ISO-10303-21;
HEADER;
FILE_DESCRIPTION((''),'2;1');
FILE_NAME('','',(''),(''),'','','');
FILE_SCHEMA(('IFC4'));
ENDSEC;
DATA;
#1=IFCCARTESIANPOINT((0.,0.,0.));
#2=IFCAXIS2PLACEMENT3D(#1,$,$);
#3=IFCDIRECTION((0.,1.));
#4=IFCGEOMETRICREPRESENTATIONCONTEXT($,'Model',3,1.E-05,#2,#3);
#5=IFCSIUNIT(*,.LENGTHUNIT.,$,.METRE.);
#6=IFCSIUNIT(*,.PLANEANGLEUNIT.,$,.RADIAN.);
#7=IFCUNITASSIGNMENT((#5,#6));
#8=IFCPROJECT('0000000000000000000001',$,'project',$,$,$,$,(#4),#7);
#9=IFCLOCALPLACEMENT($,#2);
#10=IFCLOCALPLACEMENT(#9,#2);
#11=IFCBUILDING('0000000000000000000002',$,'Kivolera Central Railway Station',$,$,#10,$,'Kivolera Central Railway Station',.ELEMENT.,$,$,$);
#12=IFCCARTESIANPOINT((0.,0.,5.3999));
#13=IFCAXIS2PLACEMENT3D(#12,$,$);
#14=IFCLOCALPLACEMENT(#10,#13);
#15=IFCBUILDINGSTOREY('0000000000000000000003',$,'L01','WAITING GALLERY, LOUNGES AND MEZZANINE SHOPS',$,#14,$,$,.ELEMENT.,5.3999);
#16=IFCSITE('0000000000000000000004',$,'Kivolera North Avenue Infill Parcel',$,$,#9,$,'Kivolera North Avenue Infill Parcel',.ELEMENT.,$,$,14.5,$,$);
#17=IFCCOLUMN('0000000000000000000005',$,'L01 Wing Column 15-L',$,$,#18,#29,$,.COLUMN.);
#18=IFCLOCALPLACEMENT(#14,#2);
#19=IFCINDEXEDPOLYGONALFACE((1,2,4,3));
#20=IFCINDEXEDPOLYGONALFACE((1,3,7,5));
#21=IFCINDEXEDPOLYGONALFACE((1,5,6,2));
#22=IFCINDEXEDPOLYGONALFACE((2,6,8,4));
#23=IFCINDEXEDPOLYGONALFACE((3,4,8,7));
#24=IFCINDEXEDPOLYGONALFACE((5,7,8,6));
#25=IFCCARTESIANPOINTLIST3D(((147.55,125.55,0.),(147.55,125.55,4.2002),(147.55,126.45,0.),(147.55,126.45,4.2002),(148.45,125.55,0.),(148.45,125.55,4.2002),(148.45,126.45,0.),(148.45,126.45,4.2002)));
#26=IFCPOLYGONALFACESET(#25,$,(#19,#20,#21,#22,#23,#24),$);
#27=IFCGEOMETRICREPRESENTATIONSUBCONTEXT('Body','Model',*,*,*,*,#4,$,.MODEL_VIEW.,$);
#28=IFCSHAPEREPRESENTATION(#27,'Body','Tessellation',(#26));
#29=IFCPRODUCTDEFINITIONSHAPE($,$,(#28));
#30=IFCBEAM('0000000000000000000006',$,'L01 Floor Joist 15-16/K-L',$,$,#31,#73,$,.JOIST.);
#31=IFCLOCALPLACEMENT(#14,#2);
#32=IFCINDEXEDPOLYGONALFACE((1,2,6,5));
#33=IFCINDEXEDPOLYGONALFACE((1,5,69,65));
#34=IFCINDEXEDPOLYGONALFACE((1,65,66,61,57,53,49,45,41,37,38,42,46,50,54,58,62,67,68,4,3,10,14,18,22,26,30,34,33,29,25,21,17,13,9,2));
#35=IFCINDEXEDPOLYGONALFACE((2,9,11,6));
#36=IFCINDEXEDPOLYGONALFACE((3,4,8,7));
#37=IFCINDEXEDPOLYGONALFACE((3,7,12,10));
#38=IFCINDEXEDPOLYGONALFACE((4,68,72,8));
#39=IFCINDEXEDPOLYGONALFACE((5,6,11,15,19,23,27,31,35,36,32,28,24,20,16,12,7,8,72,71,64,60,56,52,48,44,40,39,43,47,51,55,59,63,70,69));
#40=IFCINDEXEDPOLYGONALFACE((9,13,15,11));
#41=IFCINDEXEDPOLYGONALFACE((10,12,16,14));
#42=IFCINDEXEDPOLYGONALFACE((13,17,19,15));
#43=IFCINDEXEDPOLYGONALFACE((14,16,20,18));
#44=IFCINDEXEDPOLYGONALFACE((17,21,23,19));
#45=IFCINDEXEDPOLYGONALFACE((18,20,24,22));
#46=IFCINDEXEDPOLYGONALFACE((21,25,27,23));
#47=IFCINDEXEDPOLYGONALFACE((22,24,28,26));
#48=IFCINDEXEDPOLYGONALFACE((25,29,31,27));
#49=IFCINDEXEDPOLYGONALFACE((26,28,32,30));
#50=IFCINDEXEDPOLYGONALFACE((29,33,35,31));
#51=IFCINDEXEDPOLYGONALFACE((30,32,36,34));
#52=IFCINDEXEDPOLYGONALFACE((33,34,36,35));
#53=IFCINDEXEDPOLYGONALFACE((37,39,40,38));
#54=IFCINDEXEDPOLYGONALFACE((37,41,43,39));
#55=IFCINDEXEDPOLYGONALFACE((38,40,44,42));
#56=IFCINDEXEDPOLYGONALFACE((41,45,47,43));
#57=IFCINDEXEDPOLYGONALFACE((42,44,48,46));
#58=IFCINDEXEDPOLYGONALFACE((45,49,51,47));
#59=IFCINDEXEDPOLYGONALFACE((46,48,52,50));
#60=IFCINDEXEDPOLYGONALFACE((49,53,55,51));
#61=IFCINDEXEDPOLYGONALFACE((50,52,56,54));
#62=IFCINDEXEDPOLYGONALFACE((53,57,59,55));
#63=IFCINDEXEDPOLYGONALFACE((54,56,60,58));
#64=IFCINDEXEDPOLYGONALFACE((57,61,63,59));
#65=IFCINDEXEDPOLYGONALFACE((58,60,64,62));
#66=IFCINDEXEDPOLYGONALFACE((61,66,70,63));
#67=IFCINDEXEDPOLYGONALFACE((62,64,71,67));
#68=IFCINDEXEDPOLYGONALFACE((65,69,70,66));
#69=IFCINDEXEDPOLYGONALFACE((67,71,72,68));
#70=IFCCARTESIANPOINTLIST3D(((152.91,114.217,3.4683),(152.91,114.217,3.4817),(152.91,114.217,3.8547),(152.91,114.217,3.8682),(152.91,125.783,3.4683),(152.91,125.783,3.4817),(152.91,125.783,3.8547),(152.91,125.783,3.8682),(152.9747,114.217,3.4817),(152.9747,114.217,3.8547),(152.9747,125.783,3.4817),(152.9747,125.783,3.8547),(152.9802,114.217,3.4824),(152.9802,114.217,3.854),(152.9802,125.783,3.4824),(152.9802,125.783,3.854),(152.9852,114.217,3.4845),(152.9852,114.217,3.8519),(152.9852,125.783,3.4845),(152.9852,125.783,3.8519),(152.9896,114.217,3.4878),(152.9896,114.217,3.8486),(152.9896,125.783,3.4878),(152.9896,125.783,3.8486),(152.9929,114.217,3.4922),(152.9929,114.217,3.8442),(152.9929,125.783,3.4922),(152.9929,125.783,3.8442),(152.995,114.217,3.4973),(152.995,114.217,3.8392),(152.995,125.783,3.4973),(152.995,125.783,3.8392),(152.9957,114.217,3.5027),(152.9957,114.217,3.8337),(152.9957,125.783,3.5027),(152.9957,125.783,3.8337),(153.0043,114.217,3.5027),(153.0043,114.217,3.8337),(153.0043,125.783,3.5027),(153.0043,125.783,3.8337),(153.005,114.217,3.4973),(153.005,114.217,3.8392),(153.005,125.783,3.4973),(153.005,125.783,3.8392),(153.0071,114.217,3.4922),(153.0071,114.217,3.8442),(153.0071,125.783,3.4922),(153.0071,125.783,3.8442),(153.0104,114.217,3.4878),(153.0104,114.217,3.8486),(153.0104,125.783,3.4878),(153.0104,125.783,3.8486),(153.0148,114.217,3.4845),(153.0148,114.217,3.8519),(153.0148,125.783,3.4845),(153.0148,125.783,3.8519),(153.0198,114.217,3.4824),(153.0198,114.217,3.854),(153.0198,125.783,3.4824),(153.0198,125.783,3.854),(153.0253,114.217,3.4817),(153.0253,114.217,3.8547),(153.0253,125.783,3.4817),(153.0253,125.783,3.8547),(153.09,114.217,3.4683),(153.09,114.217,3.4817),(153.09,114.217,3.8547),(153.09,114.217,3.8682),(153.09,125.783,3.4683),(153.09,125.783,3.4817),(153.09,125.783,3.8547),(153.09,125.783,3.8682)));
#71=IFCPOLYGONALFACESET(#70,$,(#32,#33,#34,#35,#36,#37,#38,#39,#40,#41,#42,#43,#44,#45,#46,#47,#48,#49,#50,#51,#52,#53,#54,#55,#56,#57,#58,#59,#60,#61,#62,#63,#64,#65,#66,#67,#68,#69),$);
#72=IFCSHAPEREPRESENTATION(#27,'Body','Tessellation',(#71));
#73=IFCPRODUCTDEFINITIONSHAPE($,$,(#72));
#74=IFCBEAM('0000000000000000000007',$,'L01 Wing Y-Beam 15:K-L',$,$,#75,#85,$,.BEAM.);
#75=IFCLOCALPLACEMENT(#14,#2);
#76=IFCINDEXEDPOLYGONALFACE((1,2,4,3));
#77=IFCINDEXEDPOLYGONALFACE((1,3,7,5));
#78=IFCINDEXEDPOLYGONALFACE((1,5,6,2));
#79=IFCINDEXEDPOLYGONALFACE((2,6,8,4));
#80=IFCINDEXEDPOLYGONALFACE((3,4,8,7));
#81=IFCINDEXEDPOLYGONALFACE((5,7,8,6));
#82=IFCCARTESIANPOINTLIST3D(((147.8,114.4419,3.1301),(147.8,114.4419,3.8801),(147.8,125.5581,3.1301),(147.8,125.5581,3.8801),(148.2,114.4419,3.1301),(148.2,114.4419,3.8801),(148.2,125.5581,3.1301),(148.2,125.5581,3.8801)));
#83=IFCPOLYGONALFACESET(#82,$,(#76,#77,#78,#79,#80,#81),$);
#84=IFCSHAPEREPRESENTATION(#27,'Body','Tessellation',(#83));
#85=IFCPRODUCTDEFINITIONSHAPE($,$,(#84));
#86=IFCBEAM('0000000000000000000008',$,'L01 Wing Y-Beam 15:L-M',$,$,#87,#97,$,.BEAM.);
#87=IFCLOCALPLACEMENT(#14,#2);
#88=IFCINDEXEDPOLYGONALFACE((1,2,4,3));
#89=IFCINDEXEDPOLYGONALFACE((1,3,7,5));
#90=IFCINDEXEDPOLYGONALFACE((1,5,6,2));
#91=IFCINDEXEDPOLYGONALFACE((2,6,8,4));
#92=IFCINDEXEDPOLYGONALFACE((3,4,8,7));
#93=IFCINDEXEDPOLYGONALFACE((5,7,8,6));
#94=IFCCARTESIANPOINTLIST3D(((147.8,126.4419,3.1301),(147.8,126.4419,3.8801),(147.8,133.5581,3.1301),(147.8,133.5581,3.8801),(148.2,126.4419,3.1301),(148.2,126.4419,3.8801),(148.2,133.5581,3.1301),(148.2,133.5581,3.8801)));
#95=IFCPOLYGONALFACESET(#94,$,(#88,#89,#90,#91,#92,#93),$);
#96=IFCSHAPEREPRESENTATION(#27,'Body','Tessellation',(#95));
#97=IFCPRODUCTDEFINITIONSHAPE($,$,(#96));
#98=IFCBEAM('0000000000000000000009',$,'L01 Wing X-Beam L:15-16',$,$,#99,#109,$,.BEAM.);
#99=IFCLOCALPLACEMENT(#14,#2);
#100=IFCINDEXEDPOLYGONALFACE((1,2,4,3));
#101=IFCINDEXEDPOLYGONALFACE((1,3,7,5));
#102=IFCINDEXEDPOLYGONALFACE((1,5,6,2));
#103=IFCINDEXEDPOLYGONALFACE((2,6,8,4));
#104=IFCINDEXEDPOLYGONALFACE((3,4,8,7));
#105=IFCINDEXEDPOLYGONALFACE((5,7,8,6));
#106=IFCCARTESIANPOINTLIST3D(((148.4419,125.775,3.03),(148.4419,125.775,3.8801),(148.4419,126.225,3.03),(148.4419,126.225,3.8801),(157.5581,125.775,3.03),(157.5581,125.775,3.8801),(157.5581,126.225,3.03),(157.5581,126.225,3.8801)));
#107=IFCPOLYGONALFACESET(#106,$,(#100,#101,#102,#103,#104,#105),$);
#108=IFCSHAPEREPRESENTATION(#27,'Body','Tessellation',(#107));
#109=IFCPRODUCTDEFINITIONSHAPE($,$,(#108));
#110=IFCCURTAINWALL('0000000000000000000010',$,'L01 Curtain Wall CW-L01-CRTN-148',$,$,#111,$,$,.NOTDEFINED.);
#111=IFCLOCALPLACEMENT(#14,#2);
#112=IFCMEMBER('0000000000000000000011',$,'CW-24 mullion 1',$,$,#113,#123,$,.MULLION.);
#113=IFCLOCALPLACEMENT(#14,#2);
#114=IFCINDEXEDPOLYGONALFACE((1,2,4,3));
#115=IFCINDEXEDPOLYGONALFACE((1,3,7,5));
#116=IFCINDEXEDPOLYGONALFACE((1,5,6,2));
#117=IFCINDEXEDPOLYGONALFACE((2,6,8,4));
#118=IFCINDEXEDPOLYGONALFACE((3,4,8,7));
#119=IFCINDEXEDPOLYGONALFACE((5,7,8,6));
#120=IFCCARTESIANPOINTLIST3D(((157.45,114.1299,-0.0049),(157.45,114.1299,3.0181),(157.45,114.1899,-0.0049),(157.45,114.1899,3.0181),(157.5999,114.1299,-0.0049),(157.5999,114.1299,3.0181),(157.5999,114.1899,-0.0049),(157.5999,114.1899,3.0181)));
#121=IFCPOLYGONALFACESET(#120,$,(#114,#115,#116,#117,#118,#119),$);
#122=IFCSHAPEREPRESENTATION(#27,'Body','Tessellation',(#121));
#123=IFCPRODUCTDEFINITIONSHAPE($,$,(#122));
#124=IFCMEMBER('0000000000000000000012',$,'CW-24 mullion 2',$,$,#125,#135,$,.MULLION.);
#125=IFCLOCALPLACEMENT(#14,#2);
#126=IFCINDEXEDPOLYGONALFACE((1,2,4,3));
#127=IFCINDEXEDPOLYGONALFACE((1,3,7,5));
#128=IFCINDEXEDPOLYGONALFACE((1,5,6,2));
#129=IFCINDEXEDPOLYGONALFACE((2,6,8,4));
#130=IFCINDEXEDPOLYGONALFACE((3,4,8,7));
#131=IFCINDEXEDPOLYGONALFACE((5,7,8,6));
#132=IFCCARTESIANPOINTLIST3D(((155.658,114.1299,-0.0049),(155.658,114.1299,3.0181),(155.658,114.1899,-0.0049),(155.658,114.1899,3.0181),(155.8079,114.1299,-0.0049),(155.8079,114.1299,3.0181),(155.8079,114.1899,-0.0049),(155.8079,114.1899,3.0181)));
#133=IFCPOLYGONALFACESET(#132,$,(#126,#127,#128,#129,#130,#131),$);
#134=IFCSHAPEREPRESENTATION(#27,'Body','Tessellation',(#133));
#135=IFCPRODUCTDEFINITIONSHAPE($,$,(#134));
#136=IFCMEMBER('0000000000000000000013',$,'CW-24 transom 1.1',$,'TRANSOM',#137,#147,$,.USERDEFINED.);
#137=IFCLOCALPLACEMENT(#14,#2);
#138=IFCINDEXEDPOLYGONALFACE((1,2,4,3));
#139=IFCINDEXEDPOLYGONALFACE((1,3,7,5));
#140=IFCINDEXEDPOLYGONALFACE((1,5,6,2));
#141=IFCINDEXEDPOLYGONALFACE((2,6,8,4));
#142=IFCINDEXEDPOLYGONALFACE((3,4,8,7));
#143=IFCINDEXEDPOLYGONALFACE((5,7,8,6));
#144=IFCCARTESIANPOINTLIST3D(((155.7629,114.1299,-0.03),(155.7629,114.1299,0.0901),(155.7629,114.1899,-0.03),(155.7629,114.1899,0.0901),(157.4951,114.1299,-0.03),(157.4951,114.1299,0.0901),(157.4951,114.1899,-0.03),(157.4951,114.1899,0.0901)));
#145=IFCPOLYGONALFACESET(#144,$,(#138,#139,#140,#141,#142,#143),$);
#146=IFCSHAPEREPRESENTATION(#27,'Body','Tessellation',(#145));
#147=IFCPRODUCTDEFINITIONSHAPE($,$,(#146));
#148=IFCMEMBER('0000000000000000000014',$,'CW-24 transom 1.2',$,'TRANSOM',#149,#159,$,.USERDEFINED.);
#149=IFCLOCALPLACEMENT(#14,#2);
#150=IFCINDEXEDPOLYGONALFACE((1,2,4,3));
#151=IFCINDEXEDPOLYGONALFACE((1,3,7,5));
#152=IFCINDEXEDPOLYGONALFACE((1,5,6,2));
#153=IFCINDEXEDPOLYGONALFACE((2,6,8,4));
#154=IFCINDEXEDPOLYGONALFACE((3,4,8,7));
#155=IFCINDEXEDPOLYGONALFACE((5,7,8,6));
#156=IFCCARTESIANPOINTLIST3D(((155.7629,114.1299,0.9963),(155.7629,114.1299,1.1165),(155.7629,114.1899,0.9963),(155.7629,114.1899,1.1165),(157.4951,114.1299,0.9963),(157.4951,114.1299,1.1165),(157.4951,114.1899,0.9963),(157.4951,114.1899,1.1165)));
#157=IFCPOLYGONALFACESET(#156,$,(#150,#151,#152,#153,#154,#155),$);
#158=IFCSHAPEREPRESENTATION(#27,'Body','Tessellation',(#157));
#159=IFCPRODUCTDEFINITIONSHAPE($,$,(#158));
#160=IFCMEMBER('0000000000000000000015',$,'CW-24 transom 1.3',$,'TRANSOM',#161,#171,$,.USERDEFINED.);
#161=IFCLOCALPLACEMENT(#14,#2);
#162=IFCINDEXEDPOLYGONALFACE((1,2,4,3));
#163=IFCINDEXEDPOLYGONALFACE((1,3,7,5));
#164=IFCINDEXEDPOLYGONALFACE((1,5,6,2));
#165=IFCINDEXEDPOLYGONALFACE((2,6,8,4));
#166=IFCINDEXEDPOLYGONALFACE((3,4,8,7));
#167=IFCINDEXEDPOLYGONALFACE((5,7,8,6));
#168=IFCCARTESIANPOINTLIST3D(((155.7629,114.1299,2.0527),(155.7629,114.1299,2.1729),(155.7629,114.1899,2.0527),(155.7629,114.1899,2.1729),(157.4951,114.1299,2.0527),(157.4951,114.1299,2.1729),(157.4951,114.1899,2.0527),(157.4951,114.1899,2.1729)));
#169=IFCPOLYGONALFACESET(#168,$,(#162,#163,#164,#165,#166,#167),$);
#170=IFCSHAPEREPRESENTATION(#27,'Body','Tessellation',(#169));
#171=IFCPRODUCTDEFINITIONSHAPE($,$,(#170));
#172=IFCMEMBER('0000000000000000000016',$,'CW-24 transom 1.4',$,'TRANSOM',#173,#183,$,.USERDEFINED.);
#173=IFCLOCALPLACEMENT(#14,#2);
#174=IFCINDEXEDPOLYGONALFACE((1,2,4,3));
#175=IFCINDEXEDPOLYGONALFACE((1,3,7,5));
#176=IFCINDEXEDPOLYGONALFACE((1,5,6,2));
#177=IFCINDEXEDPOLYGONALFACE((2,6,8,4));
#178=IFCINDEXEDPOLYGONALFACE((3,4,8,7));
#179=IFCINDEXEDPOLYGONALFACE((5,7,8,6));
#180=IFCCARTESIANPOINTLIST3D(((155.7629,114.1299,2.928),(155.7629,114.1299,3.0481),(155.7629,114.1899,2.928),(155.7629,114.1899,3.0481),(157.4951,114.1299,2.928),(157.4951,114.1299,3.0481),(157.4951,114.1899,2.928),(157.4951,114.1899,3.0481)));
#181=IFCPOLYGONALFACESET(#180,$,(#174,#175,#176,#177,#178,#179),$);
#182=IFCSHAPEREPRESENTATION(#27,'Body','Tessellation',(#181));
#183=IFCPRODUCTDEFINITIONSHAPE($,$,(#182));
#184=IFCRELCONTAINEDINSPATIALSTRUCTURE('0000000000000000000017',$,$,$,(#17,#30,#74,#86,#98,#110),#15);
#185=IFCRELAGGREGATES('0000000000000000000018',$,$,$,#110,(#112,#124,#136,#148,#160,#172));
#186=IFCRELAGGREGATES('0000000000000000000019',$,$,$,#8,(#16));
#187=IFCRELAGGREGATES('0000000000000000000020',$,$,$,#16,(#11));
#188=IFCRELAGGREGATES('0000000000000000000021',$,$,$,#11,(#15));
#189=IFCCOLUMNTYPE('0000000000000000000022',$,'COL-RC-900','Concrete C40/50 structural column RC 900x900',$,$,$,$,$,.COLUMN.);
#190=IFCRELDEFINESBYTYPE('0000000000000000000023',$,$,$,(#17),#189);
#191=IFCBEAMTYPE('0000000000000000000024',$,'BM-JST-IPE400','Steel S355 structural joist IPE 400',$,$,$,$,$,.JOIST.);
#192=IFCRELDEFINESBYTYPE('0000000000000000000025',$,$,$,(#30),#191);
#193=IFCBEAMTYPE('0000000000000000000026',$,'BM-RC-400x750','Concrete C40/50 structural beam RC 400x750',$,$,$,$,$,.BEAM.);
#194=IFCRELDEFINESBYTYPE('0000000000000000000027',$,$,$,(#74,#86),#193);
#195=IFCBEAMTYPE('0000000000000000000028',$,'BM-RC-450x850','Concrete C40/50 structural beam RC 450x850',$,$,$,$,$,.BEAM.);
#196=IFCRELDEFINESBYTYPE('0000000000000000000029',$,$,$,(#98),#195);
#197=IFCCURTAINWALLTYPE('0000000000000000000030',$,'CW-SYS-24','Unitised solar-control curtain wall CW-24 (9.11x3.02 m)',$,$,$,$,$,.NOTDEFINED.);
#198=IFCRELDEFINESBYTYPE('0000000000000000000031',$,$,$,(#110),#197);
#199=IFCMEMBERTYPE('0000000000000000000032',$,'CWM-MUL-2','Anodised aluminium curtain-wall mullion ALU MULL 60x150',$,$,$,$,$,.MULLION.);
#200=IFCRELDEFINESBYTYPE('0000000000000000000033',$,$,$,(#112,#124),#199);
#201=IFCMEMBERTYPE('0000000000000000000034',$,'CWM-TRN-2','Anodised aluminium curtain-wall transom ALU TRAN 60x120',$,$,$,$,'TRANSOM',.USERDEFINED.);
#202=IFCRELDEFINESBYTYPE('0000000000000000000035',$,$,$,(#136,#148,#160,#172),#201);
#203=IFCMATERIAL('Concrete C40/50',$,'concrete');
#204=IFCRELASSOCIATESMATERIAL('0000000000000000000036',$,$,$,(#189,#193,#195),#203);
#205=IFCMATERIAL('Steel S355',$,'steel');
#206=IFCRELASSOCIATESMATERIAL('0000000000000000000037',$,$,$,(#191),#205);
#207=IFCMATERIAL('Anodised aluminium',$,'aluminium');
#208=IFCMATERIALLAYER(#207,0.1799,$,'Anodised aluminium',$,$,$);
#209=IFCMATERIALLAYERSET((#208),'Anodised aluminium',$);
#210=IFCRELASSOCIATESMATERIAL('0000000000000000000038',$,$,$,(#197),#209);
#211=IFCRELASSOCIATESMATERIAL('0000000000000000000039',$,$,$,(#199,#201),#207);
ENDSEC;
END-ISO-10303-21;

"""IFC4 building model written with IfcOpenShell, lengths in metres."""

from ifc_helpers import new_model, si_unit, direction, frame, origin, origin_2d, place, context, subcontext, project, spatial, rectangle, i_section, extrude, material, layer, layer_set, material_profile, profile_set, type_object, element, aggregate, save


model = new_model("IFC4")

# Units and contexts
model_context = context("Model", 3, precision=1e-05, world=origin(), true_north=direction((0.0, 1.0)))
body_context = subcontext(model_context, "Body", "Model", "MODEL_VIEW")
ifc_project = project(units=[si_unit("LENGTHUNIT", "METRE"), si_unit("PLANEANGLEUNIT", "RADIAN")], contexts=[model_context])

# Site, building, storey
site_placement = place(None, origin())
site = spatial("IfcSite", under=ifc_project, at=site_placement, Name="Kivolera North Avenue Infill Parcel", LongName="Kivolera North Avenue Infill Parcel", CompositionType="ELEMENT", RefElevation=14.5)
building_placement = place(site_placement, origin())
building = spatial("IfcBuilding", under=site, at=building_placement, Name="Kivolera Central Railway Station", LongName="Kivolera Central Railway Station", CompositionType="ELEMENT")
storey_placement = place(building_placement, frame((0.0, 0.0, 5.3999)))
storey = spatial("IfcBuildingStorey", under=building, at=storey_placement, Name="L01", Description="WAITING GALLERY, LOUNGES AND MEZZANINE SHOPS", CompositionType="ELEMENT", Elevation=5.3999)

# Column
ifc_material_1 = material(Name="Concrete C40/50", Category="concrete")
ifc_material_profile_1 = material_profile(ifc_material_1, rectangle(XDim=0.8999, YDim=0.8999, at=origin_2d()), Name="RC 900x900")
ifc_profile_set_1 = profile_set([ifc_material_profile_1], Name="Concrete C40/50")
column_type = type_object("IfcColumnType", Name="COL-RC-900", Description="Concrete C40/50 structural column RC 900x900", PredefinedType="COLUMN", material=ifc_profile_set_1)
column_placement = place(storey_placement, frame((148.0, 126.0, 0.0), z_axis=(0.0, 0.0, 1.0), x_axis=(1.0, 0.0, 0.0)))
element("IfcColumn", 1, at=column_placement, inside=storey, type_object=column_type, Name="L01 Wing Column 15-L", PredefinedType="COLUMN", context=body_context, shape_type="SweptSolid", body=[
    extrude(rectangle(XDim=0.8999, YDim=0.8999, at=origin_2d()), origin(), (0.0, 0.0, 1.0), 4.2002),
])

# Beams
ifc_material_2 = material(Name="Steel S355", Category="steel")
ifc_material_profile_2 = material_profile(ifc_material_2, i_section(OverallWidth=0.1799, OverallDepth=0.3999, WebThickness=0.0085, FlangeThickness=0.0134, FilletRadius=0.021, at=origin_2d()), Name="IPE 400")
ifc_profile_set_2 = profile_set([ifc_material_profile_2], Name="Steel S355")
beam_type_1 = type_object("IfcBeamType", Name="BM-JST-IPE400", Description="Steel S355 structural joist IPE 400", PredefinedType="JOIST", material=ifc_profile_set_2)
beam_1_placement = place(storey_placement, frame((153.0, 114.217, 3.6682), z_axis=(0.0, 1.0, 0.0), x_axis=(-1.0, 0.0, 0.0)))
element("IfcBeam", 2, at=beam_1_placement, inside=storey, type_object=beam_type_1, Name="L01 Floor Joist 15-16/K-L", PredefinedType="JOIST", context=body_context, shape_type="SweptSolid", body=[
    extrude(i_section(OverallWidth=0.1799, OverallDepth=0.3999, WebThickness=0.0085, FlangeThickness=0.0134, FilletRadius=0.021, at=origin_2d()), origin(), (0.0, 0.0, 1.0), 11.5659),
])
ifc_material_profile_3 = material_profile(ifc_material_1, rectangle(XDim=0.3999, YDim=0.75, at=origin_2d()), Name="RC 400x750")
ifc_profile_set_3 = profile_set([ifc_material_profile_3], Name="Concrete C40/50")
beam_type_2 = type_object("IfcBeamType", Name="BM-RC-400x750", Description="Concrete C40/50 structural beam RC 400x750", PredefinedType="BEAM", material=ifc_profile_set_3)
beam_2_placement = place(storey_placement, frame((148.0, 114.4419, 3.5051), z_axis=(0.0, 1.0, 0.0), x_axis=(-1.0, 0.0, 0.0)))
element("IfcBeam", 3, at=beam_2_placement, inside=storey, type_object=beam_type_2, Name="L01 Wing Y-Beam 15:K-L", PredefinedType="BEAM", context=body_context, shape_type="SweptSolid", body=[
    extrude(rectangle(XDim=0.3999, YDim=0.75, at=origin_2d()), origin(), (0.0, 0.0, 1.0), 11.1162),
])
beam_3_placement = place(storey_placement, frame((148.0, 126.4419, 3.5051), z_axis=(0.0, 1.0, 0.0), x_axis=(-1.0, 0.0, 0.0)))
element("IfcBeam", 4, at=beam_3_placement, inside=storey, type_object=beam_type_2, Name="L01 Wing Y-Beam 15:L-M", PredefinedType="BEAM", context=body_context, shape_type="SweptSolid", body=[
    extrude(rectangle(XDim=0.3999, YDim=0.75, at=origin_2d()), origin(), (0.0, 0.0, 1.0), 7.1162),
])
ifc_material_profile_4 = material_profile(ifc_material_1, rectangle(XDim=0.45, YDim=0.8501, at=origin_2d()), Name="RC 450x850")
ifc_profile_set_4 = profile_set([ifc_material_profile_4], Name="Concrete C40/50")
beam_type_3 = type_object("IfcBeamType", Name="BM-RC-450x850", Description="Concrete C40/50 structural beam RC 450x850", PredefinedType="BEAM", material=ifc_profile_set_4)
beam_4_placement = place(storey_placement, frame((148.4419, 126.0, 3.4551), z_axis=(1.0, 0.0, 0.0), x_axis=(0.0, 1.0, 0.0)))
element("IfcBeam", 5, at=beam_4_placement, inside=storey, type_object=beam_type_3, Name="L01 Wing X-Beam L:15-16", PredefinedType="BEAM", context=body_context, shape_type="SweptSolid", body=[
    extrude(rectangle(XDim=0.45, YDim=0.8501, at=origin_2d()), origin(), (0.0, 0.0, 1.0), 9.1162),
])

# Curtain wall, members
ifc_material_3 = material(Name="Anodised aluminium", Category="aluminium")
ifc_layer_1 = layer(ifc_material_3, 0.1799, Name="Anodised aluminium")
ifc_layer_set_1 = layer_set([ifc_layer_1], Name="Anodised aluminium")
curtain_wall_type = type_object("IfcCurtainWallType", Name="CW-SYS-24", Description="Unitised solar-control curtain wall CW-24 (9.11x3.02 m)", PredefinedType="NOTDEFINED", material=ifc_layer_set_1)
curtain_wall_placement = place(storey_placement, origin())
curtain_wall = element("IfcCurtainWall", 6, at=curtain_wall_placement, inside=storey, type_object=curtain_wall_type, Name="L01 Curtain Wall CW-L01-CRTN-148", PredefinedType="NOTDEFINED")
ifc_material_profile_5 = material_profile(ifc_material_3, rectangle(XDim=0.0601, YDim=0.1499, at=origin_2d()), Name="ALU MULL 60x150")
ifc_profile_set_5 = profile_set([ifc_material_profile_5], Name="Anodised aluminium")
member_type_1 = type_object("IfcMemberType", Name="CWM-MUL-2", Description="Anodised aluminium curtain-wall mullion ALU MULL 60x150", PredefinedType="MULLION", material=ifc_profile_set_5)
member_1_placement = place(storey_placement, frame((157.5249, 114.1599, -0.0049), z_axis=(0.0, 0.0, 1.0), x_axis=(0.0, -1.0, 0.0)))
member_1 = element("IfcMember", 7, at=member_1_placement, type_object=member_type_1, Name="CW-24 mullion 1", PredefinedType="MULLION", context=body_context, shape_type="SweptSolid", body=[
    extrude(rectangle(XDim=0.0601, YDim=0.1499, at=origin_2d()), origin(), (0.0, 0.0, 1.0), 3.0229),
])
member_2_placement = place(storey_placement, frame((155.7329, 114.1599, -0.0049), z_axis=(0.0, 0.0, 1.0), x_axis=(0.0, -1.0, 0.0)))
member_2 = element("IfcMember", 8, at=member_2_placement, type_object=member_type_1, Name="CW-24 mullion 2", PredefinedType="MULLION", context=body_context, shape_type="SweptSolid", body=[
    extrude(rectangle(XDim=0.0601, YDim=0.1499, at=origin_2d()), origin(), (0.0, 0.0, 1.0), 3.0229),
])
ifc_material_profile_6 = material_profile(ifc_material_3, rectangle(XDim=0.0601, YDim=0.1201, at=origin_2d()), Name="ALU TRAN 60x120")
ifc_profile_set_6 = profile_set([ifc_material_profile_6], Name="Anodised aluminium")
member_type_2 = type_object("IfcMemberType", Name="CWM-TRN-2", Description="Anodised aluminium curtain-wall transom ALU TRAN 60x120", ElementType="TRANSOM", PredefinedType="USERDEFINED", material=ifc_profile_set_6)
member_3_placement = place(storey_placement, frame((157.4951, 114.1599, 0.03), z_axis=(-1.0, 0.0, 0.0), x_axis=(0.0, -1.0, 0.0)))
member_3 = element("IfcMember", 9, at=member_3_placement, type_object=member_type_2, Name="CW-24 transom 1.1", ObjectType="TRANSOM", PredefinedType="USERDEFINED", context=body_context, shape_type="SweptSolid", body=[
    extrude(rectangle(XDim=0.0601, YDim=0.1201, at=origin_2d()), origin(), (0.0, 0.0, 1.0), 1.7322),
])
member_4_placement = place(storey_placement, frame((157.4951, 114.1599, 1.0564), z_axis=(-1.0, 0.0, 0.0), x_axis=(0.0, -1.0, 0.0)))
member_4 = element("IfcMember", 10, at=member_4_placement, type_object=member_type_2, Name="CW-24 transom 1.2", ObjectType="TRANSOM", PredefinedType="USERDEFINED", context=body_context, shape_type="SweptSolid", body=[
    extrude(rectangle(XDim=0.0601, YDim=0.1201, at=origin_2d()), origin(), (0.0, 0.0, 1.0), 1.7322),
])
member_5_placement = place(storey_placement, frame((157.4951, 114.1599, 2.1128), z_axis=(-1.0, 0.0, 0.0), x_axis=(0.0, -1.0, 0.0)))
member_5 = element("IfcMember", 11, at=member_5_placement, type_object=member_type_2, Name="CW-24 transom 1.3", ObjectType="TRANSOM", PredefinedType="USERDEFINED", context=body_context, shape_type="SweptSolid", body=[
    extrude(rectangle(XDim=0.0601, YDim=0.1201, at=origin_2d()), origin(), (0.0, 0.0, 1.0), 1.7322),
])
member_6_placement = place(storey_placement, frame((157.4951, 114.1599, 2.988), z_axis=(-1.0, 0.0, 0.0), x_axis=(0.0, -1.0, 0.0)))
member_6 = element("IfcMember", 12, at=member_6_placement, type_object=member_type_2, Name="CW-24 transom 1.4", ObjectType="TRANSOM", PredefinedType="USERDEFINED", context=body_context, shape_type="SweptSolid", body=[
    extrude(rectangle(XDim=0.0601, YDim=0.1201, at=origin_2d()), origin(), (0.0, 0.0, 1.0), 1.7322),
])
aggregate(curtain_wall, [member_1, member_2, member_3, member_4, member_5, member_6])

save(model, "model.ifc")
